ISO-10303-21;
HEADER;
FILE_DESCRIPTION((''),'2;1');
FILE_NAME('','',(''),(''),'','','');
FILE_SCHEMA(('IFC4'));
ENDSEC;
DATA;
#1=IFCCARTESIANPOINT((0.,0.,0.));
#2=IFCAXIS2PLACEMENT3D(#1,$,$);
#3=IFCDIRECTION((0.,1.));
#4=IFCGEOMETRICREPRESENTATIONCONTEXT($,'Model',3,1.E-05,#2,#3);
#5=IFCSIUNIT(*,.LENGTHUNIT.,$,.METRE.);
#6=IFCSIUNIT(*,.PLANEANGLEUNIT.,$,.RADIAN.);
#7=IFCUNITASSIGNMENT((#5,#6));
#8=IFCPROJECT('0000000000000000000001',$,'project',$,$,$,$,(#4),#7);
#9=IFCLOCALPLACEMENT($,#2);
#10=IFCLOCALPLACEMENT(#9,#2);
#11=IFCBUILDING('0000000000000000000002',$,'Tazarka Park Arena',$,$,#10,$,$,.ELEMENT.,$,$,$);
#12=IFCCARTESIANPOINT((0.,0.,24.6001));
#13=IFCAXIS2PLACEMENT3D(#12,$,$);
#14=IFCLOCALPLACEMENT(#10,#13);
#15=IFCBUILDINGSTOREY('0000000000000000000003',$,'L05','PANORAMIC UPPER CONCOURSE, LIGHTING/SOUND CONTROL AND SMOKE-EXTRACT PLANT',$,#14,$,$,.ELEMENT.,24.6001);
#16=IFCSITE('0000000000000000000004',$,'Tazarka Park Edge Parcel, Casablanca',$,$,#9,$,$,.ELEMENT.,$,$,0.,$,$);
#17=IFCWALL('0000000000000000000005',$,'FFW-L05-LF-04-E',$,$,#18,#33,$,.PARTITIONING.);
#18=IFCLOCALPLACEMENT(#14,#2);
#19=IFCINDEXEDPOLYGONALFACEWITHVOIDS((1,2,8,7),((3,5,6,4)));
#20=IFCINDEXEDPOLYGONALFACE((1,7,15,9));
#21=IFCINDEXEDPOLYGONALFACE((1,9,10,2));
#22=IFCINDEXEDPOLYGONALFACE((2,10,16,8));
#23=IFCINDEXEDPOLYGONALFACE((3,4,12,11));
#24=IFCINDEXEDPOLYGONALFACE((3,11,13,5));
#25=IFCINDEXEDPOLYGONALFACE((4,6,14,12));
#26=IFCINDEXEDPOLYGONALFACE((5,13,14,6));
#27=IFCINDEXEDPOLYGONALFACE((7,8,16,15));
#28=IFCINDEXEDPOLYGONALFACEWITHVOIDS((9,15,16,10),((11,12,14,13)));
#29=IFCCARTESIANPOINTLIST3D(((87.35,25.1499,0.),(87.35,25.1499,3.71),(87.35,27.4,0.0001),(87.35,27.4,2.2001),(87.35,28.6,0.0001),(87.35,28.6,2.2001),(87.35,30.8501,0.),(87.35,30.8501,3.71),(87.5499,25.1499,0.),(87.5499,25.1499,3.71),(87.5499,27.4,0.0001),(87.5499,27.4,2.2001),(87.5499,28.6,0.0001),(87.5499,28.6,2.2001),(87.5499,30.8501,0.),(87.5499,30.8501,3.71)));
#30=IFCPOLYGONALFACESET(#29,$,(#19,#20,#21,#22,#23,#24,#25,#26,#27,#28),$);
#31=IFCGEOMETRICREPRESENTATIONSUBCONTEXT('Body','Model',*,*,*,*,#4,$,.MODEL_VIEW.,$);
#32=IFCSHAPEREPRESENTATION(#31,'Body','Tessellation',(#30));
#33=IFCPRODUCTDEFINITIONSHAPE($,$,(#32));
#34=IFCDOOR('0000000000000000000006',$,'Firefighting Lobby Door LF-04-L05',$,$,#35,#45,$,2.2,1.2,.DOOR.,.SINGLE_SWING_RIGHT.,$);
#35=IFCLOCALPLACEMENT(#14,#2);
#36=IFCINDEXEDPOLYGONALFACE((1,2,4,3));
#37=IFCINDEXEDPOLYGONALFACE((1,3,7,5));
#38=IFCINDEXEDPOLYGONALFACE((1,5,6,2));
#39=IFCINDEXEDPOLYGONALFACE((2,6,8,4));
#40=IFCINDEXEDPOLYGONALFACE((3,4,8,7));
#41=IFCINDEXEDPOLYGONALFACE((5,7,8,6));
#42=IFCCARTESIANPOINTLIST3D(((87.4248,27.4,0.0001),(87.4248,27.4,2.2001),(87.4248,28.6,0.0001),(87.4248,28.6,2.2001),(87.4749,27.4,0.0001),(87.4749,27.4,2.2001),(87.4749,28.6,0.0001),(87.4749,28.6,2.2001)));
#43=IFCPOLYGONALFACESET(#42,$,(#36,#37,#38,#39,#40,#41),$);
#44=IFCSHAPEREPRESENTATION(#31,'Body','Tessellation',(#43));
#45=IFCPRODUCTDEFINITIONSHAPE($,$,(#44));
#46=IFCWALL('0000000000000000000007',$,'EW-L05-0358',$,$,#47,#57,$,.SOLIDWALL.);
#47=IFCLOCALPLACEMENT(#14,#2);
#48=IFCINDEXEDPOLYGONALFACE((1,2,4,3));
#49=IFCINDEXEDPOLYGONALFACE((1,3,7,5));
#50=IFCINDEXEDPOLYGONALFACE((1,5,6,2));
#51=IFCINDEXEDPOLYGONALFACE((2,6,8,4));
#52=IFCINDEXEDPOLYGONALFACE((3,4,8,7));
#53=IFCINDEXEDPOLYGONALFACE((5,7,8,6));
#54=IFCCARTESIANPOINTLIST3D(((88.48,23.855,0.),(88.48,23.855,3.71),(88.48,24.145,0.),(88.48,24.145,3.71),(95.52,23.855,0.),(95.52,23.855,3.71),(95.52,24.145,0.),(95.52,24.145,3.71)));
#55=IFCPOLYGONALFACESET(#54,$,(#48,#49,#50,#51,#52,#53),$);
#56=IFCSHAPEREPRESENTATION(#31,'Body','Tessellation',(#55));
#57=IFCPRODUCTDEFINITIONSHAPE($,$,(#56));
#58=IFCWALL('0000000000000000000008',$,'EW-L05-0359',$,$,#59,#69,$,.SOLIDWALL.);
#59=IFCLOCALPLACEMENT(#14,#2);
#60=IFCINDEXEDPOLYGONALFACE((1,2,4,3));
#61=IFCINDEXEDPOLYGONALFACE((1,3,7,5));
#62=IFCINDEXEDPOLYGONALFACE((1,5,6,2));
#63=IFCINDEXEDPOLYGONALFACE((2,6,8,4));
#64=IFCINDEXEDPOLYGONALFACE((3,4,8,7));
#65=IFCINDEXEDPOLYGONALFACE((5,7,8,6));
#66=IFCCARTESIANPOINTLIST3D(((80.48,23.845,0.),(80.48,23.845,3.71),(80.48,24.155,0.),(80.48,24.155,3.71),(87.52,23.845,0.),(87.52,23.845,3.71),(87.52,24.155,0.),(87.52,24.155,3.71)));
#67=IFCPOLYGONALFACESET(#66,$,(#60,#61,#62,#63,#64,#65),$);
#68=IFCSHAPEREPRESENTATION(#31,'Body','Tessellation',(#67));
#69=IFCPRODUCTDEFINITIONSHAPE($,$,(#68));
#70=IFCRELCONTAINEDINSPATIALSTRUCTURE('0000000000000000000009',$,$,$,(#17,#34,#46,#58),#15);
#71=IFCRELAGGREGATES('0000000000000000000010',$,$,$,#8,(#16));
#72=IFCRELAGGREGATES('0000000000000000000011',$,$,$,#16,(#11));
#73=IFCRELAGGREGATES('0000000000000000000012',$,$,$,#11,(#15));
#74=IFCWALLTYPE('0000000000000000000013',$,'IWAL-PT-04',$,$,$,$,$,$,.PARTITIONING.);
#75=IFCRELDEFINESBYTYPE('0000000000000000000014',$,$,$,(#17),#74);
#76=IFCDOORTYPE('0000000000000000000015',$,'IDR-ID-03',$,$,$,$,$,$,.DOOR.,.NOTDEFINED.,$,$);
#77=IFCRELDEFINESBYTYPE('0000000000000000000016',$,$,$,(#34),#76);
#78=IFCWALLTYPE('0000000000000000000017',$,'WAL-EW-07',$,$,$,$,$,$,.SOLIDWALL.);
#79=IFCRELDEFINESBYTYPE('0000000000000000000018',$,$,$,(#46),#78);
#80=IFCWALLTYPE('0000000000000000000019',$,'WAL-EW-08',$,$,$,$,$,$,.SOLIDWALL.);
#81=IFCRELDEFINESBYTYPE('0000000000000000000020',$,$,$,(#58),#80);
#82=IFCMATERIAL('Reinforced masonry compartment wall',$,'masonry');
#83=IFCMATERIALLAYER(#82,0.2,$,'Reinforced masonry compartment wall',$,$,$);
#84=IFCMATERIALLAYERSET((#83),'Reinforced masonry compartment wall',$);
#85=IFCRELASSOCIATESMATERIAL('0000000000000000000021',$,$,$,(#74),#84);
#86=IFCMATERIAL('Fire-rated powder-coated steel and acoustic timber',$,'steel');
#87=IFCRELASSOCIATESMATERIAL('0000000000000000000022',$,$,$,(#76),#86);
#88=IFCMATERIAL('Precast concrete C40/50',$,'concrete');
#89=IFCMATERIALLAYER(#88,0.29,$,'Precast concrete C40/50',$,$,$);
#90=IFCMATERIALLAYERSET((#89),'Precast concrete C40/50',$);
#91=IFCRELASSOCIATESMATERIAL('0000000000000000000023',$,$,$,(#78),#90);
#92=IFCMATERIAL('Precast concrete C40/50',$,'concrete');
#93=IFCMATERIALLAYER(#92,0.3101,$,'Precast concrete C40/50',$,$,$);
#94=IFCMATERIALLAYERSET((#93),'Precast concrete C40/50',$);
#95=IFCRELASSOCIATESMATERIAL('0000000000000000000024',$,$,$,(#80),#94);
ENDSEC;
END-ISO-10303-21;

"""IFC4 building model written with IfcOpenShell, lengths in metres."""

from ifc_helpers import new_model, si_unit, direction, frame, frame_2d, origin, place, context, subcontext, project, spatial, rectangle, extrude, material, layer, layer_set, type_object, element, fill, save


model = new_model("IFC4")

# Units and contexts
model_context = context("Model", 3, precision=1e-05, world=origin(), true_north=direction((0.0, 1.0)))
body_context = subcontext(model_context, "Body", "Model", "MODEL_VIEW")
ifc_project = project(units=[si_unit("LENGTHUNIT", "METRE"), si_unit("PLANEANGLEUNIT", "RADIAN")], contexts=[model_context])

# Site, building, storey
site_placement = place(None, origin())
site = spatial("IfcSite", under=ifc_project, at=site_placement, Name="Tazarka Park Edge Parcel, Casablanca", CompositionType="ELEMENT", RefElevation=0.0)
building_placement = place(site_placement, origin())
building = spatial("IfcBuilding", under=site, at=building_placement, Name="Tazarka Park Arena", CompositionType="ELEMENT")
storey_placement = place(building_placement, frame((0.0, 0.0, 24.6001)))
storey = spatial("IfcBuildingStorey", under=building, at=storey_placement, Name="L05", Description="PANORAMIC UPPER CONCOURSE, LIGHTING/SOUND CONTROL AND SMOKE-EXTRACT PLANT", CompositionType="ELEMENT", Elevation=24.6001)

# Shared definitions
ifc_material_1 = material(Name="Reinforced masonry compartment wall", Category="masonry")
ifc_layer_1 = layer(ifc_material_1, 0.2, Name="Reinforced masonry compartment wall")
ifc_layer_set_1 = layer_set([ifc_layer_1], Name="Reinforced masonry compartment wall")
wall_type_1 = type_object("IfcWallType", Name="IWAL-PT-04", PredefinedType="PARTITIONING", material=ifc_layer_set_1)

# Wall, opening, door
wall_1_placement = place(storey_placement, frame((87.45, 30.8501, 0.0), z_axis=(0.0, 0.0, 1.0), x_axis=(0.0, -1.0, 0.0)))
wall_1 = element("IfcWall", 1, at=wall_1_placement, inside=storey, type_object=wall_type_1, Name="FFW-L05-LF-04-E", PredefinedType="PARTITIONING", context=body_context, shape_type="SweptSolid", body=[
    extrude(rectangle(XDim=5.7002, YDim=0.2, at=frame_2d((2.8501, 0.0))), origin(), (0.0, 0.0, 1.0), 3.71),
])
opening_placement = place(wall_1_placement, frame((2.25, 0.0, 0.0)))
opening = element("IfcOpeningElement", 2, at=opening_placement, cuts=wall_1, PredefinedType="OPENING", context=body_context, shape_type="SweptSolid", body=[
    extrude(rectangle(XDim=1.2, YDim=2.2, at=frame_2d((0.6001, 1.1001))), frame((0.0, 0.1099, 0.0), z_axis=(0.0, -1.0, 0.0), x_axis=(1.0, 0.0, 0.0)), (0.0, 0.0, 1.0), 0.22),
])
ifc_material_2 = material(Name="Fire-rated powder-coated steel and acoustic timber", Category="steel")
door_type = type_object("IfcDoorType", Name="IDR-ID-03", OperationType="NOTDEFINED", PredefinedType="DOOR", material=ifc_material_2)
door_placement = place(opening_placement, origin())
door = element("IfcDoor", 3, at=door_placement, inside=storey, type_object=door_type, Name="Firefighting Lobby Door LF-04-L05", OperationType="SINGLE_SWING_RIGHT", OverallHeight=2.2, OverallWidth=1.2, PredefinedType="DOOR", context=body_context, shape_type="SweptSolid", body=[
    extrude(rectangle(XDim=1.2, YDim=2.2, at=frame_2d((0.6001, 1.1001))), frame((0.0, 0.0249, 0.0), z_axis=(0.0, -1.0, 0.0), x_axis=(1.0, 0.0, 0.0)), (0.0, 0.0, 1.0), 0.05),
])
fill(opening, door)

# Walls
ifc_material_3 = material(Name="Precast concrete C40/50", Category="concrete")
ifc_layer_2 = layer(ifc_material_3, 0.29, Name="Precast concrete C40/50")
ifc_layer_set_2 = layer_set([ifc_layer_2], Name="Precast concrete C40/50")
wall_type_2 = type_object("IfcWallType", Name="WAL-EW-07", PredefinedType="SOLIDWALL", material=ifc_layer_set_2)
wall_2_placement = place(storey_placement, frame((95.52, 24.0, 0.0), z_axis=(0.0, 0.0, 1.0), x_axis=(-1.0, 0.0, 0.0)))
element("IfcWall", 4, at=wall_2_placement, inside=storey, type_object=wall_type_2, Name="EW-L05-0358", PredefinedType="SOLIDWALL", context=body_context, shape_type="SweptSolid", body=[
    extrude(rectangle(XDim=7.04, YDim=0.29, at=frame_2d((3.52, 0.0))), origin(), (0.0, 0.0, 1.0), 3.71),
])
ifc_material_4 = material(Name="Precast concrete C40/50", Category="concrete")
ifc_layer_3 = layer(ifc_material_4, 0.3101, Name="Precast concrete C40/50")
ifc_layer_set_3 = layer_set([ifc_layer_3], Name="Precast concrete C40/50")
wall_type_3 = type_object("IfcWallType", Name="WAL-EW-08", PredefinedType="SOLIDWALL", material=ifc_layer_set_3)
wall_3_placement = place(storey_placement, frame((87.52, 24.0, 0.0), z_axis=(0.0, 0.0, 1.0), x_axis=(-1.0, 0.0, 0.0)))
element("IfcWall", 5, at=wall_3_placement, inside=storey, type_object=wall_type_3, Name="EW-L05-0359", PredefinedType="SOLIDWALL", context=body_context, shape_type="SweptSolid", body=[
    extrude(rectangle(XDim=7.04, YDim=0.3101, at=frame_2d((3.52, 0.0))), origin(), (0.0, 0.0, 1.0), 3.71),
])

save(model, "model.ifc")
